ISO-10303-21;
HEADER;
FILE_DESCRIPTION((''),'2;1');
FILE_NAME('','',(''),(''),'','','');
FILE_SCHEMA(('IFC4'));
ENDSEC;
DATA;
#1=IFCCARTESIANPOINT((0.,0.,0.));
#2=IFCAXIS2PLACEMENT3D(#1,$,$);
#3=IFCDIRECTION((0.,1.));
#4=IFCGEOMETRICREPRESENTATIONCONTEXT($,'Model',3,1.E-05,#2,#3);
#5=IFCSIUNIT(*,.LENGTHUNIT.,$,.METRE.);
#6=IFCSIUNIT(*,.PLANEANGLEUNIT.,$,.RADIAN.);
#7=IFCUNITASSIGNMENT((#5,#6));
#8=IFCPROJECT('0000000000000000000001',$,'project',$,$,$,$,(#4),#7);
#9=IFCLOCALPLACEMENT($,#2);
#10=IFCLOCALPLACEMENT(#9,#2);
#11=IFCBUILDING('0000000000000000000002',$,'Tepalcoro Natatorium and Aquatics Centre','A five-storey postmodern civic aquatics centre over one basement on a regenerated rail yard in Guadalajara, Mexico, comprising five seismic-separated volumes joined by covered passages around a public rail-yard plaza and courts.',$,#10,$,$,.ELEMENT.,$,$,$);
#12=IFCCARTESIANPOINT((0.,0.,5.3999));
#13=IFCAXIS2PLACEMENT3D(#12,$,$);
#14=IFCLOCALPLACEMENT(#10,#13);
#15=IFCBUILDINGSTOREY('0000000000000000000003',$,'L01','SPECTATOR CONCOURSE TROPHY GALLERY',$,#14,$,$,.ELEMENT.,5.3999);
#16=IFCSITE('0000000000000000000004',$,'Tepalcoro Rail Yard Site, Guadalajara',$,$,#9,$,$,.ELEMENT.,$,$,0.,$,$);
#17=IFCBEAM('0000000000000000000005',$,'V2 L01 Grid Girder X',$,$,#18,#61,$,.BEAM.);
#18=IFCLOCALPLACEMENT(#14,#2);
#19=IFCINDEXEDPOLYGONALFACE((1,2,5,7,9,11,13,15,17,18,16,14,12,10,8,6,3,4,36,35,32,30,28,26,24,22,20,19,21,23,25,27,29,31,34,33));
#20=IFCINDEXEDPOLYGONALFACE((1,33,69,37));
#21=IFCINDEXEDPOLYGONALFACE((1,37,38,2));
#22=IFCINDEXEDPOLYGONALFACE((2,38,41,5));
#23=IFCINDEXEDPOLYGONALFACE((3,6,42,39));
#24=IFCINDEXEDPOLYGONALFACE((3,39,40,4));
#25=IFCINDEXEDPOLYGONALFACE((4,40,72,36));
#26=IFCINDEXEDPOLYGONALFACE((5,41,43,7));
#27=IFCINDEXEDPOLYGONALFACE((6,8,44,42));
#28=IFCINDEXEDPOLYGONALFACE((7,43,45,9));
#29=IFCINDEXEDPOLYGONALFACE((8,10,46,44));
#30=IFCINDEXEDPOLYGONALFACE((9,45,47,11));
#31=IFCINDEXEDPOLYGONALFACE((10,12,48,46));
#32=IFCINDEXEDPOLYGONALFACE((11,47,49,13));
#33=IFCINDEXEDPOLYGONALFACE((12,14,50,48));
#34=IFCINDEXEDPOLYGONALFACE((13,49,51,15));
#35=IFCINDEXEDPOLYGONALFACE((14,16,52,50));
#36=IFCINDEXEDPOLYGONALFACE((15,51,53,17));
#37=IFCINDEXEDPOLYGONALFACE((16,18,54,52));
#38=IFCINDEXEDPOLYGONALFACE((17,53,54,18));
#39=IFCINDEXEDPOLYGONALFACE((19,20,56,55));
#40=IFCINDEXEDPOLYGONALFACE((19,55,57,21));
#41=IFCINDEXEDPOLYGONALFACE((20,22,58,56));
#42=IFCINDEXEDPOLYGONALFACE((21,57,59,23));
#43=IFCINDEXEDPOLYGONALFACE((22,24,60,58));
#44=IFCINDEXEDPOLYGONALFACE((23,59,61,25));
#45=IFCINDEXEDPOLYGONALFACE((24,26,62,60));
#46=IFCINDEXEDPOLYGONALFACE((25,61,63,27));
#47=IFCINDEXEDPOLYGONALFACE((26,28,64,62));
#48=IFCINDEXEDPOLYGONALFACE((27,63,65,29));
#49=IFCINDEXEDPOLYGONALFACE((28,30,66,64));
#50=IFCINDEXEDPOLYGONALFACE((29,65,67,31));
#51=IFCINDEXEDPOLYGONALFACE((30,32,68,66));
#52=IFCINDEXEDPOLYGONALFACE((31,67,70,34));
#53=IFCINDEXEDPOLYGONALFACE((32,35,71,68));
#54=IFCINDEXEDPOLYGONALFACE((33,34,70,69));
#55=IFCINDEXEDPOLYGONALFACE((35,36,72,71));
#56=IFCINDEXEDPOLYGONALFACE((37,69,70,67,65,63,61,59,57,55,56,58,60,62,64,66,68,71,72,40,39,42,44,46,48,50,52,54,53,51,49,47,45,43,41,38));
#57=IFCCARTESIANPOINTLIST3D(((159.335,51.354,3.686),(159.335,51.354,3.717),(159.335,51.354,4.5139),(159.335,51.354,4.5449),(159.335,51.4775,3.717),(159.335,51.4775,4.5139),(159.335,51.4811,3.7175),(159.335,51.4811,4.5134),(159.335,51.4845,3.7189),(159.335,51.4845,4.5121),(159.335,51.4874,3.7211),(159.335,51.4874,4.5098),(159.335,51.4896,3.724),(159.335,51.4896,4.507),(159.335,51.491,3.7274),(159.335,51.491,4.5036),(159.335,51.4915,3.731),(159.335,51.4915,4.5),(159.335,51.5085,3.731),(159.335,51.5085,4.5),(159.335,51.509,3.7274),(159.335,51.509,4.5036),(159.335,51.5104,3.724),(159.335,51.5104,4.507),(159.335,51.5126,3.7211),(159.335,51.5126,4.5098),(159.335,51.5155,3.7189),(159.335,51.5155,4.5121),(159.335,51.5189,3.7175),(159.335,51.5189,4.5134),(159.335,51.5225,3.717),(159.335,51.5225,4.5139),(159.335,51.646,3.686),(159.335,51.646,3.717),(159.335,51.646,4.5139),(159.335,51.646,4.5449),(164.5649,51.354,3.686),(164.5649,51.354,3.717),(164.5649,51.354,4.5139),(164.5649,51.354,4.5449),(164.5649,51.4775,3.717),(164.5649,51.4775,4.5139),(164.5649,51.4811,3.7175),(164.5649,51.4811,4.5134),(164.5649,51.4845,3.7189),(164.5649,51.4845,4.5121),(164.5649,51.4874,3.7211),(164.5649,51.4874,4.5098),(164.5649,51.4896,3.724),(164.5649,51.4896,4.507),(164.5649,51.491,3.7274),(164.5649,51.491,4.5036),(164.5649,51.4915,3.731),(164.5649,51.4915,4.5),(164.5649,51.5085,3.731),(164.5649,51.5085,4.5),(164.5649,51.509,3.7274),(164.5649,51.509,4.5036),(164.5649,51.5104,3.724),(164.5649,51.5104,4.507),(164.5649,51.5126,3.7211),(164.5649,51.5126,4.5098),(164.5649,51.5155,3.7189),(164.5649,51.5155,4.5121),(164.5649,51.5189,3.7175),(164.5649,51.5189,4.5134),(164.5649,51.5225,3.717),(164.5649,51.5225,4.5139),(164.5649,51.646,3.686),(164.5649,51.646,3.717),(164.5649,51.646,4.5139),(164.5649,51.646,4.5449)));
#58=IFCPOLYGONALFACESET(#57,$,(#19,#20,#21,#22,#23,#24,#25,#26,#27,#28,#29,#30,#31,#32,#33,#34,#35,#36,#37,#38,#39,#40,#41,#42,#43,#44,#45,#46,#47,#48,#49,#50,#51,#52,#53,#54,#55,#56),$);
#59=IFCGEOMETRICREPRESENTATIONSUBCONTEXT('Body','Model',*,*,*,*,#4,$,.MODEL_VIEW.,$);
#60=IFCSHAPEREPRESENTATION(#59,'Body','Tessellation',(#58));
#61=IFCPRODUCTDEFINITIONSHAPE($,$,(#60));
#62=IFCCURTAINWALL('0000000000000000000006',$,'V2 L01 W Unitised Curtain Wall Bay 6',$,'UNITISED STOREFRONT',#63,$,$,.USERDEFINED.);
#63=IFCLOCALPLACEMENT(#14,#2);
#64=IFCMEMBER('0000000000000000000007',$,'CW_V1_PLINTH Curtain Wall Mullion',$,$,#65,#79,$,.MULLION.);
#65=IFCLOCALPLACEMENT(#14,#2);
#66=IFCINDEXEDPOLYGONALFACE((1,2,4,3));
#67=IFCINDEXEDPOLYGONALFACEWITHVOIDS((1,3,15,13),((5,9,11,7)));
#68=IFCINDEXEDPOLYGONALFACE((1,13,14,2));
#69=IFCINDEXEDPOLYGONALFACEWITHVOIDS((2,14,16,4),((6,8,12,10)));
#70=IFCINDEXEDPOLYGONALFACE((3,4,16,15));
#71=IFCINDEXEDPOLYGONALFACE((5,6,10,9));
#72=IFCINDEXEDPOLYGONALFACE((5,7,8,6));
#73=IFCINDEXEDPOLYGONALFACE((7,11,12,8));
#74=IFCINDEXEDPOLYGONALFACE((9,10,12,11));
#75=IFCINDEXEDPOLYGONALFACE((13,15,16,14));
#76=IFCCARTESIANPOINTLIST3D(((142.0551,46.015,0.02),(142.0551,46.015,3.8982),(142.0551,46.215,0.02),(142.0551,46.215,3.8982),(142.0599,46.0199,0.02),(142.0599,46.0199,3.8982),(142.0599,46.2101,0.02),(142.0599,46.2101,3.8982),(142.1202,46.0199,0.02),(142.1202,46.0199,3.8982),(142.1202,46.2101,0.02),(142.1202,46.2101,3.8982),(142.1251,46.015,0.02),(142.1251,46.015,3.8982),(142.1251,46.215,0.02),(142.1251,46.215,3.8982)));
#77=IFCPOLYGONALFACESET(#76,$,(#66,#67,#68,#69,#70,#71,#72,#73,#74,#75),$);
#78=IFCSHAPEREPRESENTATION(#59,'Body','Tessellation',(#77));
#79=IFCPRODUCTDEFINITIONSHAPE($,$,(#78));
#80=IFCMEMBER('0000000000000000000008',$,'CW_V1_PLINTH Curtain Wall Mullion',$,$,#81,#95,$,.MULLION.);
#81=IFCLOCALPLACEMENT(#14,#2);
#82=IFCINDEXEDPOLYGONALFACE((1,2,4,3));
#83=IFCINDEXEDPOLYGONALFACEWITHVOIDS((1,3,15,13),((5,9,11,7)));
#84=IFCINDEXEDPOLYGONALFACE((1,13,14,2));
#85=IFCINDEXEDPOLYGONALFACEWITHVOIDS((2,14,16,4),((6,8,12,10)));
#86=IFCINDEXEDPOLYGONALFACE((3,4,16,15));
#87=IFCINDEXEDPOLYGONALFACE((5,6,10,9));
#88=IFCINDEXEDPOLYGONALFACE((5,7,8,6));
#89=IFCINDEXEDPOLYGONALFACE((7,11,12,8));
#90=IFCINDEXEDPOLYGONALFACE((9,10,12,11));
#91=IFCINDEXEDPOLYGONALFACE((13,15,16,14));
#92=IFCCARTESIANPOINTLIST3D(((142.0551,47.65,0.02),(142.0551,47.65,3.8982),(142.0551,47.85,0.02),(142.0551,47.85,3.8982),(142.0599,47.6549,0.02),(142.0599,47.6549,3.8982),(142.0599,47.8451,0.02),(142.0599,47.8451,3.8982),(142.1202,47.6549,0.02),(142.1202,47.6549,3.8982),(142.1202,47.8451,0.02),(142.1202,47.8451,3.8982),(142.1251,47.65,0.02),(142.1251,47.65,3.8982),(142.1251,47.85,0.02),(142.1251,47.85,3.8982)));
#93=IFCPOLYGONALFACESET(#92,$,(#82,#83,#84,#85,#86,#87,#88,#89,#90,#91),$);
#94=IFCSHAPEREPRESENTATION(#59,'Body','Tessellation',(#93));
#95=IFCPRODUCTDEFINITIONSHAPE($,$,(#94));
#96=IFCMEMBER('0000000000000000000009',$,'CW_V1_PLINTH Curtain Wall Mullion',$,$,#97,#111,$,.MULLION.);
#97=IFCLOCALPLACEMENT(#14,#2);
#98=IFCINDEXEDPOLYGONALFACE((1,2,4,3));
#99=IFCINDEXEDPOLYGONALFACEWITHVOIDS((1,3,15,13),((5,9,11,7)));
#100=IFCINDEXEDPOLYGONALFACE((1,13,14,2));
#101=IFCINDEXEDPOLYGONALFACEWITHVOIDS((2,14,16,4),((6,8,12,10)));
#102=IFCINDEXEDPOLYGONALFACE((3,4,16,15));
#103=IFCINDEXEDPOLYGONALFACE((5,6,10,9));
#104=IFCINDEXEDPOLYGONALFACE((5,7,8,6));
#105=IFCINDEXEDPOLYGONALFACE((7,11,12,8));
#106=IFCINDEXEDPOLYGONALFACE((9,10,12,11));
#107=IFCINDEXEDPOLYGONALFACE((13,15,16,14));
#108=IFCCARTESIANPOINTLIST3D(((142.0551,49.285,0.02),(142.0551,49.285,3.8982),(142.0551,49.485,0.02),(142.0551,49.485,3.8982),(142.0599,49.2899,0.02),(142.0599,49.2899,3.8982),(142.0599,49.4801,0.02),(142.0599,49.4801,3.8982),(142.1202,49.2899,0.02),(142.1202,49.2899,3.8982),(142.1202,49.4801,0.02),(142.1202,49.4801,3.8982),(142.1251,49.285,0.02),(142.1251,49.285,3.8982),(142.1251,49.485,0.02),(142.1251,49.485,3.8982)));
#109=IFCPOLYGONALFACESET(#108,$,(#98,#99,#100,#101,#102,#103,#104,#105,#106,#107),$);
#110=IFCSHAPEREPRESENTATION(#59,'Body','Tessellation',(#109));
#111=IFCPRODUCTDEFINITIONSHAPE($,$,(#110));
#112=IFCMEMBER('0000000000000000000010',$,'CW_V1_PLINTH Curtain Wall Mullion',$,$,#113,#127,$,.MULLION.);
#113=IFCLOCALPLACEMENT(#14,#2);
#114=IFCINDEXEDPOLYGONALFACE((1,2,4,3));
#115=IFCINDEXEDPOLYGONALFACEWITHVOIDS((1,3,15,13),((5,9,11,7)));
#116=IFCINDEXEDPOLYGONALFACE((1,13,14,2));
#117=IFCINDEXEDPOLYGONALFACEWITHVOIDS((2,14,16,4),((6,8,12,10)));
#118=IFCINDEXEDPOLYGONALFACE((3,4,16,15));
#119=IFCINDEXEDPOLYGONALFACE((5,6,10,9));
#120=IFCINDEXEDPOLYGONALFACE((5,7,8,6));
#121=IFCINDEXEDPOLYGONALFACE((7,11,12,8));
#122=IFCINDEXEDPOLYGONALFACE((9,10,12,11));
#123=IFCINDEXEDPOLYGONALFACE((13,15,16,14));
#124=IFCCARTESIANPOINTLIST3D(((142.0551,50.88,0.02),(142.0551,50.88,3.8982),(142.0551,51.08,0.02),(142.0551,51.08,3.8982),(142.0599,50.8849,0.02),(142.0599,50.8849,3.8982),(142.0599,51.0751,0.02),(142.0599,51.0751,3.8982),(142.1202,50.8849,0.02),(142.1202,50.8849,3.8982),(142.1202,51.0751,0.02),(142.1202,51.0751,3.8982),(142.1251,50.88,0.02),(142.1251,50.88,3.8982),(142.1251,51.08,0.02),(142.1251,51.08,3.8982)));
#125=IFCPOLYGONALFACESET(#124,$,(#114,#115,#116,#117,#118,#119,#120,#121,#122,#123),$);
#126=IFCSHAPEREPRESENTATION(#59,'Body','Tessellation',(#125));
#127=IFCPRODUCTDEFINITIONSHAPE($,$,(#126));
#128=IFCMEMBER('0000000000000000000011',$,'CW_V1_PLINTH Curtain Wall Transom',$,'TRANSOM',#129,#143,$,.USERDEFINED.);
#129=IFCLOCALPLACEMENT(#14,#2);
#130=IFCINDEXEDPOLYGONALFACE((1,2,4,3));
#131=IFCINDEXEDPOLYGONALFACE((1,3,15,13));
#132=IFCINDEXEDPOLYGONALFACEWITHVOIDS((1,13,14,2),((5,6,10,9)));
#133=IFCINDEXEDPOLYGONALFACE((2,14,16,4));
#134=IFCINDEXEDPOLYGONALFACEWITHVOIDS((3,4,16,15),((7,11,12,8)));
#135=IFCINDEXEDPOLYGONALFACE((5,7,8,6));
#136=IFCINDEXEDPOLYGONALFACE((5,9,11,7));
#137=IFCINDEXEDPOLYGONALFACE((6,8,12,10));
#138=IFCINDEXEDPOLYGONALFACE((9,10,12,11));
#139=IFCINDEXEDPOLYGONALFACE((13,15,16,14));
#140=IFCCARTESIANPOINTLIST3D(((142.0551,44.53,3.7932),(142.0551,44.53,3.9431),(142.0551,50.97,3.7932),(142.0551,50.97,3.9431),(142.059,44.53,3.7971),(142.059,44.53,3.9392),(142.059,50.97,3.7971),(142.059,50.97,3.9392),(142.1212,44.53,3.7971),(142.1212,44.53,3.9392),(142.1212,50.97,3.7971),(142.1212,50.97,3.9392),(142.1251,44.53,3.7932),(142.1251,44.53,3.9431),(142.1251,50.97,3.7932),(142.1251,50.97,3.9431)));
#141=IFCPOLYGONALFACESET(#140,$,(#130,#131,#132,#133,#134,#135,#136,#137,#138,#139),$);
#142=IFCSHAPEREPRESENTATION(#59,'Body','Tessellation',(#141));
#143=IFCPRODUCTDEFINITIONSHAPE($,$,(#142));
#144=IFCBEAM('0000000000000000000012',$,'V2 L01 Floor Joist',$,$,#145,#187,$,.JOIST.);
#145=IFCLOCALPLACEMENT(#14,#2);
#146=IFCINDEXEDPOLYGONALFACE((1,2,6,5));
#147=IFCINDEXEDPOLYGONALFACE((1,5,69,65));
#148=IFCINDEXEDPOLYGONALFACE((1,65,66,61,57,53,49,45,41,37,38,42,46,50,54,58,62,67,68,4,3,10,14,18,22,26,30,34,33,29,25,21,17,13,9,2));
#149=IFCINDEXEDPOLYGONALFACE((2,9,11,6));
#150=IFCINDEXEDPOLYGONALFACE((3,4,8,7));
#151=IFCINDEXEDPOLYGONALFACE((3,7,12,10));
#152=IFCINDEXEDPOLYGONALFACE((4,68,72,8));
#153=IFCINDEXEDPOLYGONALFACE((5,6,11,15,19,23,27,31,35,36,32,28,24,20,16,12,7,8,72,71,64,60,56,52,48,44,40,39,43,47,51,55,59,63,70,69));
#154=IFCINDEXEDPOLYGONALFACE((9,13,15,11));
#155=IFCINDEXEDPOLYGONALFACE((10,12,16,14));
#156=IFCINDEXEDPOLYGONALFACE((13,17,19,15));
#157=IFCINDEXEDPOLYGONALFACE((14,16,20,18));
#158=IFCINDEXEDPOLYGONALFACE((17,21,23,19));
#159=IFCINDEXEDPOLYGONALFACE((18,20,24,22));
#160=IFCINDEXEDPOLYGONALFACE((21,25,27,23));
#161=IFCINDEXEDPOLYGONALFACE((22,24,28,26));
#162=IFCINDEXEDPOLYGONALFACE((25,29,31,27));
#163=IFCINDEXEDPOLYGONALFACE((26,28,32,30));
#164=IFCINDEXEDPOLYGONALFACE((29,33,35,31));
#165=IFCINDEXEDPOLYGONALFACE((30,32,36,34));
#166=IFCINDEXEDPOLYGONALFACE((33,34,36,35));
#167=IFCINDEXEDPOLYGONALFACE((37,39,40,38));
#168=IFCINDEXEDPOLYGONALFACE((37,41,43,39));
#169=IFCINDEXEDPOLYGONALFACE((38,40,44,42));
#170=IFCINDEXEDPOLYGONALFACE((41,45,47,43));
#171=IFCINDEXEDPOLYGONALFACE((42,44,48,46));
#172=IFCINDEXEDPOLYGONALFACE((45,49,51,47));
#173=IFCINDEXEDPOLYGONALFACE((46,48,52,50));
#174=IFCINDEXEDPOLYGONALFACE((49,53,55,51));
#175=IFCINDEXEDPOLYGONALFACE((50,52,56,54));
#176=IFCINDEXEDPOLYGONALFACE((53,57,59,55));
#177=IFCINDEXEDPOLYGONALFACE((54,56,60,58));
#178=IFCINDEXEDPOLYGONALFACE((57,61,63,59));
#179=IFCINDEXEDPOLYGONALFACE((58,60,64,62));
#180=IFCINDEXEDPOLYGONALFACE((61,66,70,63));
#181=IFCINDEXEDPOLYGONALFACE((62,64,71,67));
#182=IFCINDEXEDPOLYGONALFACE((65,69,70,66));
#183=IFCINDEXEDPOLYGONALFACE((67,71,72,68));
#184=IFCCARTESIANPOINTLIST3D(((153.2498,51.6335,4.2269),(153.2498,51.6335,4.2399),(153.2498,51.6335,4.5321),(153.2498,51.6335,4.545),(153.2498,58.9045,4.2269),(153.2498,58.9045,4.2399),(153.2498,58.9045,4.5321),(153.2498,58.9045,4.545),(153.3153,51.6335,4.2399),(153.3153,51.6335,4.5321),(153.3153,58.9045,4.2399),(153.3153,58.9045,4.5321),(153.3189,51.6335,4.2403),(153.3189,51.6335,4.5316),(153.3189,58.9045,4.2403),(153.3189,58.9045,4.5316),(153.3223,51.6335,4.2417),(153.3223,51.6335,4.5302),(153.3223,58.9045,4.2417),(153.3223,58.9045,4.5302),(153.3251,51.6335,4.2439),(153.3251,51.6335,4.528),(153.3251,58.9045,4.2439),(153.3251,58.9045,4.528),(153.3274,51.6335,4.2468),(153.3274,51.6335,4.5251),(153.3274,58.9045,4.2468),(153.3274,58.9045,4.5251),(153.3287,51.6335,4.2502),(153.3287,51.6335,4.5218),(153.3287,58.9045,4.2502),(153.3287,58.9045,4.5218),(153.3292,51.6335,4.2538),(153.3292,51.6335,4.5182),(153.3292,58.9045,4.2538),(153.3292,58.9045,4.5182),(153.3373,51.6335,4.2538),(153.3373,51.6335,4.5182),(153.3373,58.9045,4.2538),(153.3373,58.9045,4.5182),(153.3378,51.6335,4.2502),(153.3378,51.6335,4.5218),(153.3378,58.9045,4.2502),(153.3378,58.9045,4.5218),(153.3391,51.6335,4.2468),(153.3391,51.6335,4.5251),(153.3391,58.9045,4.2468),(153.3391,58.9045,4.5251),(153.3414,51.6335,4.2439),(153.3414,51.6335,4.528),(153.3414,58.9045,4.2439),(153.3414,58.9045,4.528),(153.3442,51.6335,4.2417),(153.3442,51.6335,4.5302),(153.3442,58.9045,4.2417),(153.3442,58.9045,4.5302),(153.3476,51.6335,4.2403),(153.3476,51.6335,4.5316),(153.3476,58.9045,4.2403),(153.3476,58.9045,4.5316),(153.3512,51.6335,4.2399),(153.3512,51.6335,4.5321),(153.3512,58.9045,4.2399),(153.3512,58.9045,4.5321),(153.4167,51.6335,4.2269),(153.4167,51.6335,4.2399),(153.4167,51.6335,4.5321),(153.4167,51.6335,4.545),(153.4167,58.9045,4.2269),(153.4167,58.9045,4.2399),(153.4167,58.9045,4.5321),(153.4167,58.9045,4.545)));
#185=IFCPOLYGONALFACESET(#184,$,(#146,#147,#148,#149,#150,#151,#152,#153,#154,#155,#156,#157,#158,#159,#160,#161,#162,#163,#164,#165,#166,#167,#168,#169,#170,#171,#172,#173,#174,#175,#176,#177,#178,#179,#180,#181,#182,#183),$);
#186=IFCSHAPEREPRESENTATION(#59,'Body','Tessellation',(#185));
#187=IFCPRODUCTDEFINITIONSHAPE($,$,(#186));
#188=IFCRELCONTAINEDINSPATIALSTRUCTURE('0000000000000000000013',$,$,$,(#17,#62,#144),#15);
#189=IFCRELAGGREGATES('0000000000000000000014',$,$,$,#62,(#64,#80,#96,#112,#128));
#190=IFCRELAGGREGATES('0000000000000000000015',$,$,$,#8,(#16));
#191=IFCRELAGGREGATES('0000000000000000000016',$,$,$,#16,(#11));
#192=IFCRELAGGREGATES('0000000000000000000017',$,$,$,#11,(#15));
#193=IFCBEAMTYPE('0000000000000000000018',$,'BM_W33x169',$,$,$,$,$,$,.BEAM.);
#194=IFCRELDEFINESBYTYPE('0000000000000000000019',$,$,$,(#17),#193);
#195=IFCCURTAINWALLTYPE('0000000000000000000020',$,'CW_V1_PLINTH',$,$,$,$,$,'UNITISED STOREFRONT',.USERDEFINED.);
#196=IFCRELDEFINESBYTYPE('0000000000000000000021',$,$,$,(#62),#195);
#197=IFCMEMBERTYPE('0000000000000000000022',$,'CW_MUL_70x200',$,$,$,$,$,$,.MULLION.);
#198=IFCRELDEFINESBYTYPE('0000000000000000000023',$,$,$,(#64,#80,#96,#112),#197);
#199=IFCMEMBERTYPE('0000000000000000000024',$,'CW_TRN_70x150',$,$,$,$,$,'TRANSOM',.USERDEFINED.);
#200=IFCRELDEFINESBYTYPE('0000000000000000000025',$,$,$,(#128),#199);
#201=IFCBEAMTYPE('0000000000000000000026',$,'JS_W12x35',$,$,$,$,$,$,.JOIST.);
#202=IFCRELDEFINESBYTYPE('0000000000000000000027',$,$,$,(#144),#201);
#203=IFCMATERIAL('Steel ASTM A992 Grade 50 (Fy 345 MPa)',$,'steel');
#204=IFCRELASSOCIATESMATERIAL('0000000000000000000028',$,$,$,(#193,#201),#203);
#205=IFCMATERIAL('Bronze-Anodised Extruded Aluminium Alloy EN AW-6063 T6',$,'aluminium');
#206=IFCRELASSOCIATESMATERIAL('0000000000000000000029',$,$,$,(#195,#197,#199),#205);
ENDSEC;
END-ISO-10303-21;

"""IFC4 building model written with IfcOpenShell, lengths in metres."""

from ifc_helpers import new_model, si_unit, direction, frame, origin, origin_2d, place, context, subcontext, project, spatial, hollow_rectangle, i_section, extrude, material, material_profile, profile_set, type_object, element, aggregate, save


model = new_model("IFC4")

# Units and contexts
model_context = context("Model", 3, precision=1e-05, world=origin(), true_north=direction((0.0, 1.0)))
body_context = subcontext(model_context, "Body", "Model", "MODEL_VIEW")
ifc_project = project(units=[si_unit("LENGTHUNIT", "METRE"), si_unit("PLANEANGLEUNIT", "RADIAN")], contexts=[model_context])

# Site, building, storey
site_placement = place(None, origin())
site = spatial("IfcSite", under=ifc_project, at=site_placement, Name="Tepalcoro Rail Yard Site, Guadalajara", CompositionType="ELEMENT", RefElevation=0.0)
building_placement = place(site_placement, origin())
building = spatial("IfcBuilding", under=site, at=building_placement, Name="Tepalcoro Natatorium and Aquatics Centre", Description="A five-storey postmodern civic aquatics centre over one basement on a regenerated rail yard in Guadalajara, Mexico, comprising five seismic-separated volumes joined by covered passages around a public rail-yard plaza and courts.", CompositionType="ELEMENT")
storey_placement = place(building_placement, frame((0.0, 0.0, 5.3999)))
storey = spatial("IfcBuildingStorey", under=building, at=storey_placement, Name="L01", Description="SPECTATOR CONCOURSE TROPHY GALLERY", CompositionType="ELEMENT", Elevation=5.3999)

# Beam
ifc_material_1 = material(Name="Steel ASTM A992 Grade 50 (Fy 345 MPa)", Category="steel")
ifc_material_profile_1 = material_profile(ifc_material_1, i_section(OverallWidth=0.292, OverallDepth=0.8589, WebThickness=0.0171, FlangeThickness=0.031, FilletRadius=0.0139, at=origin_2d()), Name="W33X169")
ifc_profile_set_1 = profile_set([ifc_material_profile_1], Name="Steel ASTM A992 Grade 50 (Fy 345 MPa)")
beam_type_1 = type_object("IfcBeamType", Name="BM_W33x169", PredefinedType="BEAM", material=ifc_profile_set_1)
beam_1_placement = place(storey_placement, frame((159.335, 51.5, 4.1155), z_axis=(1.0, 0.0, 0.0), x_axis=(0.0, 1.0, 0.0)))
element("IfcBeam", 1, at=beam_1_placement, inside=storey, type_object=beam_type_1, Name="V2 L01 Grid Girder X", PredefinedType="BEAM", context=body_context, shape_type="SweptSolid", body=[
    extrude(i_section(OverallWidth=0.292, OverallDepth=0.8589, WebThickness=0.0171, FlangeThickness=0.031, FilletRadius=0.0139, at=origin_2d()), origin(), (0.0, 0.0, 1.0), 5.23),
])

# Curtain wall, members
ifc_material_2 = material(Name="Bronze-Anodised Extruded Aluminium Alloy EN AW-6063 T6", Category="aluminium")
curtain_wall_type = type_object("IfcCurtainWallType", Name="CW_V1_PLINTH", ElementType="UNITISED STOREFRONT", PredefinedType="USERDEFINED", material=ifc_material_2)
curtain_wall_placement = place(storey_placement, origin())
curtain_wall = element("IfcCurtainWall", 2, at=curtain_wall_placement, inside=storey, type_object=curtain_wall_type, Name="V2 L01 W Unitised Curtain Wall Bay 6", ObjectType="UNITISED STOREFRONT", PredefinedType="USERDEFINED")
ifc_material_profile_2 = material_profile(ifc_material_2, hollow_rectangle(XDim=0.0701, YDim=0.2, WallThickness=0.0049, at=origin_2d()), Name="AL70X200X5")
ifc_profile_set_2 = profile_set([ifc_material_profile_2], Name="Bronze-Anodised Extruded Aluminium Alloy EN AW-6063 T6")
member_type_1 = type_object("IfcMemberType", Name="CW_MUL_70x200", PredefinedType="MULLION", material=ifc_profile_set_2)
member_1_placement = place(storey_placement, frame((142.0901, 46.115, 0.02), z_axis=(0.0, 0.0, 1.0), x_axis=(1.0, 0.0, 0.0)))
member_1 = element("IfcMember", 3, at=member_1_placement, type_object=member_type_1, Name="CW_V1_PLINTH Curtain Wall Mullion", PredefinedType="MULLION", context=body_context, shape_type="SweptSolid", body=[
    extrude(hollow_rectangle(XDim=0.0701, YDim=0.2, WallThickness=0.0049, at=origin_2d()), origin(), (0.0, 0.0, 1.0), 3.8782),
])
member_2_placement = place(storey_placement, frame((142.0901, 47.75, 0.02), z_axis=(0.0, 0.0, 1.0), x_axis=(1.0, 0.0, 0.0)))
member_2 = element("IfcMember", 4, at=member_2_placement, type_object=member_type_1, Name="CW_V1_PLINTH Curtain Wall Mullion", PredefinedType="MULLION", context=body_context, shape_type="SweptSolid", body=[
    extrude(hollow_rectangle(XDim=0.0701, YDim=0.2, WallThickness=0.0049, at=origin_2d()), origin(), (0.0, 0.0, 1.0), 3.8782),
])
member_3_placement = place(storey_placement, frame((142.0901, 49.385, 0.02), z_axis=(0.0, 0.0, 1.0), x_axis=(1.0, 0.0, 0.0)))
member_3 = element("IfcMember", 5, at=member_3_placement, type_object=member_type_1, Name="CW_V1_PLINTH Curtain Wall Mullion", PredefinedType="MULLION", context=body_context, shape_type="SweptSolid", body=[
    extrude(hollow_rectangle(XDim=0.0701, YDim=0.2, WallThickness=0.0049, at=origin_2d()), origin(), (0.0, 0.0, 1.0), 3.8782),
])
member_4_placement = place(storey_placement, frame((142.0901, 50.98, 0.02), z_axis=(0.0, 0.0, 1.0), x_axis=(1.0, 0.0, 0.0)))
member_4 = element("IfcMember", 6, at=member_4_placement, type_object=member_type_1, Name="CW_V1_PLINTH Curtain Wall Mullion", PredefinedType="MULLION", context=body_context, shape_type="SweptSolid", body=[
    extrude(hollow_rectangle(XDim=0.0701, YDim=0.2, WallThickness=0.0049, at=origin_2d()), origin(), (0.0, 0.0, 1.0), 3.8782),
])
ifc_material_profile_3 = material_profile(ifc_material_2, hollow_rectangle(XDim=0.0701, YDim=0.1499, WallThickness=0.0039, at=origin_2d()), Name="AL70X150X4")
ifc_profile_set_3 = profile_set([ifc_material_profile_3], Name="Bronze-Anodised Extruded Aluminium Alloy EN AW-6063 T6")
member_type_2 = type_object("IfcMemberType", Name="CW_TRN_70x150", ElementType="TRANSOM", PredefinedType="USERDEFINED", material=ifc_profile_set_3)
member_5_placement = place(storey_placement, frame((142.0901, 44.53, 3.8682), z_axis=(0.0, 1.0, 0.0), x_axis=(-1.0, 0.0, 0.0)))
member_5 = element("IfcMember", 7, at=member_5_placement, type_object=member_type_2, Name="CW_V1_PLINTH Curtain Wall Transom", ObjectType="TRANSOM", PredefinedType="USERDEFINED", context=body_context, shape_type="SweptSolid", body=[
    extrude(hollow_rectangle(XDim=0.0701, YDim=0.1499, WallThickness=0.0039, at=origin_2d()), origin(), (0.0, 0.0, 1.0), 6.4399),
])

# Beam
ifc_material_profile_4 = material_profile(ifc_material_1, i_section(OverallWidth=0.167, OverallDepth=0.3181, WebThickness=0.0081, FlangeThickness=0.0129, FilletRadius=0.0139, at=origin_2d()), Name="W12X35")
ifc_profile_set_4 = profile_set([ifc_material_profile_4], Name="Steel ASTM A992 Grade 50 (Fy 345 MPa)")
beam_type_2 = type_object("IfcBeamType", Name="JS_W12x35", PredefinedType="JOIST", material=ifc_profile_set_4)
beam_2_placement = place(storey_placement, frame((153.3333, 51.6335, 4.386), z_axis=(0.0, 1.0, 0.0), x_axis=(-1.0, 0.0, 0.0)))
element("IfcBeam", 8, at=beam_2_placement, inside=storey, type_object=beam_type_2, Name="V2 L01 Floor Joist", PredefinedType="JOIST", context=body_context, shape_type="SweptSolid", body=[
    extrude(i_section(OverallWidth=0.167, OverallDepth=0.3181, WebThickness=0.0081, FlangeThickness=0.0129, FilletRadius=0.0139, at=origin_2d()), origin(), (0.0, 0.0, 1.0), 7.271),
])

aggregate(curtain_wall, [member_1, member_2, member_3, member_4, member_5])

save(model, "model.ifc")
